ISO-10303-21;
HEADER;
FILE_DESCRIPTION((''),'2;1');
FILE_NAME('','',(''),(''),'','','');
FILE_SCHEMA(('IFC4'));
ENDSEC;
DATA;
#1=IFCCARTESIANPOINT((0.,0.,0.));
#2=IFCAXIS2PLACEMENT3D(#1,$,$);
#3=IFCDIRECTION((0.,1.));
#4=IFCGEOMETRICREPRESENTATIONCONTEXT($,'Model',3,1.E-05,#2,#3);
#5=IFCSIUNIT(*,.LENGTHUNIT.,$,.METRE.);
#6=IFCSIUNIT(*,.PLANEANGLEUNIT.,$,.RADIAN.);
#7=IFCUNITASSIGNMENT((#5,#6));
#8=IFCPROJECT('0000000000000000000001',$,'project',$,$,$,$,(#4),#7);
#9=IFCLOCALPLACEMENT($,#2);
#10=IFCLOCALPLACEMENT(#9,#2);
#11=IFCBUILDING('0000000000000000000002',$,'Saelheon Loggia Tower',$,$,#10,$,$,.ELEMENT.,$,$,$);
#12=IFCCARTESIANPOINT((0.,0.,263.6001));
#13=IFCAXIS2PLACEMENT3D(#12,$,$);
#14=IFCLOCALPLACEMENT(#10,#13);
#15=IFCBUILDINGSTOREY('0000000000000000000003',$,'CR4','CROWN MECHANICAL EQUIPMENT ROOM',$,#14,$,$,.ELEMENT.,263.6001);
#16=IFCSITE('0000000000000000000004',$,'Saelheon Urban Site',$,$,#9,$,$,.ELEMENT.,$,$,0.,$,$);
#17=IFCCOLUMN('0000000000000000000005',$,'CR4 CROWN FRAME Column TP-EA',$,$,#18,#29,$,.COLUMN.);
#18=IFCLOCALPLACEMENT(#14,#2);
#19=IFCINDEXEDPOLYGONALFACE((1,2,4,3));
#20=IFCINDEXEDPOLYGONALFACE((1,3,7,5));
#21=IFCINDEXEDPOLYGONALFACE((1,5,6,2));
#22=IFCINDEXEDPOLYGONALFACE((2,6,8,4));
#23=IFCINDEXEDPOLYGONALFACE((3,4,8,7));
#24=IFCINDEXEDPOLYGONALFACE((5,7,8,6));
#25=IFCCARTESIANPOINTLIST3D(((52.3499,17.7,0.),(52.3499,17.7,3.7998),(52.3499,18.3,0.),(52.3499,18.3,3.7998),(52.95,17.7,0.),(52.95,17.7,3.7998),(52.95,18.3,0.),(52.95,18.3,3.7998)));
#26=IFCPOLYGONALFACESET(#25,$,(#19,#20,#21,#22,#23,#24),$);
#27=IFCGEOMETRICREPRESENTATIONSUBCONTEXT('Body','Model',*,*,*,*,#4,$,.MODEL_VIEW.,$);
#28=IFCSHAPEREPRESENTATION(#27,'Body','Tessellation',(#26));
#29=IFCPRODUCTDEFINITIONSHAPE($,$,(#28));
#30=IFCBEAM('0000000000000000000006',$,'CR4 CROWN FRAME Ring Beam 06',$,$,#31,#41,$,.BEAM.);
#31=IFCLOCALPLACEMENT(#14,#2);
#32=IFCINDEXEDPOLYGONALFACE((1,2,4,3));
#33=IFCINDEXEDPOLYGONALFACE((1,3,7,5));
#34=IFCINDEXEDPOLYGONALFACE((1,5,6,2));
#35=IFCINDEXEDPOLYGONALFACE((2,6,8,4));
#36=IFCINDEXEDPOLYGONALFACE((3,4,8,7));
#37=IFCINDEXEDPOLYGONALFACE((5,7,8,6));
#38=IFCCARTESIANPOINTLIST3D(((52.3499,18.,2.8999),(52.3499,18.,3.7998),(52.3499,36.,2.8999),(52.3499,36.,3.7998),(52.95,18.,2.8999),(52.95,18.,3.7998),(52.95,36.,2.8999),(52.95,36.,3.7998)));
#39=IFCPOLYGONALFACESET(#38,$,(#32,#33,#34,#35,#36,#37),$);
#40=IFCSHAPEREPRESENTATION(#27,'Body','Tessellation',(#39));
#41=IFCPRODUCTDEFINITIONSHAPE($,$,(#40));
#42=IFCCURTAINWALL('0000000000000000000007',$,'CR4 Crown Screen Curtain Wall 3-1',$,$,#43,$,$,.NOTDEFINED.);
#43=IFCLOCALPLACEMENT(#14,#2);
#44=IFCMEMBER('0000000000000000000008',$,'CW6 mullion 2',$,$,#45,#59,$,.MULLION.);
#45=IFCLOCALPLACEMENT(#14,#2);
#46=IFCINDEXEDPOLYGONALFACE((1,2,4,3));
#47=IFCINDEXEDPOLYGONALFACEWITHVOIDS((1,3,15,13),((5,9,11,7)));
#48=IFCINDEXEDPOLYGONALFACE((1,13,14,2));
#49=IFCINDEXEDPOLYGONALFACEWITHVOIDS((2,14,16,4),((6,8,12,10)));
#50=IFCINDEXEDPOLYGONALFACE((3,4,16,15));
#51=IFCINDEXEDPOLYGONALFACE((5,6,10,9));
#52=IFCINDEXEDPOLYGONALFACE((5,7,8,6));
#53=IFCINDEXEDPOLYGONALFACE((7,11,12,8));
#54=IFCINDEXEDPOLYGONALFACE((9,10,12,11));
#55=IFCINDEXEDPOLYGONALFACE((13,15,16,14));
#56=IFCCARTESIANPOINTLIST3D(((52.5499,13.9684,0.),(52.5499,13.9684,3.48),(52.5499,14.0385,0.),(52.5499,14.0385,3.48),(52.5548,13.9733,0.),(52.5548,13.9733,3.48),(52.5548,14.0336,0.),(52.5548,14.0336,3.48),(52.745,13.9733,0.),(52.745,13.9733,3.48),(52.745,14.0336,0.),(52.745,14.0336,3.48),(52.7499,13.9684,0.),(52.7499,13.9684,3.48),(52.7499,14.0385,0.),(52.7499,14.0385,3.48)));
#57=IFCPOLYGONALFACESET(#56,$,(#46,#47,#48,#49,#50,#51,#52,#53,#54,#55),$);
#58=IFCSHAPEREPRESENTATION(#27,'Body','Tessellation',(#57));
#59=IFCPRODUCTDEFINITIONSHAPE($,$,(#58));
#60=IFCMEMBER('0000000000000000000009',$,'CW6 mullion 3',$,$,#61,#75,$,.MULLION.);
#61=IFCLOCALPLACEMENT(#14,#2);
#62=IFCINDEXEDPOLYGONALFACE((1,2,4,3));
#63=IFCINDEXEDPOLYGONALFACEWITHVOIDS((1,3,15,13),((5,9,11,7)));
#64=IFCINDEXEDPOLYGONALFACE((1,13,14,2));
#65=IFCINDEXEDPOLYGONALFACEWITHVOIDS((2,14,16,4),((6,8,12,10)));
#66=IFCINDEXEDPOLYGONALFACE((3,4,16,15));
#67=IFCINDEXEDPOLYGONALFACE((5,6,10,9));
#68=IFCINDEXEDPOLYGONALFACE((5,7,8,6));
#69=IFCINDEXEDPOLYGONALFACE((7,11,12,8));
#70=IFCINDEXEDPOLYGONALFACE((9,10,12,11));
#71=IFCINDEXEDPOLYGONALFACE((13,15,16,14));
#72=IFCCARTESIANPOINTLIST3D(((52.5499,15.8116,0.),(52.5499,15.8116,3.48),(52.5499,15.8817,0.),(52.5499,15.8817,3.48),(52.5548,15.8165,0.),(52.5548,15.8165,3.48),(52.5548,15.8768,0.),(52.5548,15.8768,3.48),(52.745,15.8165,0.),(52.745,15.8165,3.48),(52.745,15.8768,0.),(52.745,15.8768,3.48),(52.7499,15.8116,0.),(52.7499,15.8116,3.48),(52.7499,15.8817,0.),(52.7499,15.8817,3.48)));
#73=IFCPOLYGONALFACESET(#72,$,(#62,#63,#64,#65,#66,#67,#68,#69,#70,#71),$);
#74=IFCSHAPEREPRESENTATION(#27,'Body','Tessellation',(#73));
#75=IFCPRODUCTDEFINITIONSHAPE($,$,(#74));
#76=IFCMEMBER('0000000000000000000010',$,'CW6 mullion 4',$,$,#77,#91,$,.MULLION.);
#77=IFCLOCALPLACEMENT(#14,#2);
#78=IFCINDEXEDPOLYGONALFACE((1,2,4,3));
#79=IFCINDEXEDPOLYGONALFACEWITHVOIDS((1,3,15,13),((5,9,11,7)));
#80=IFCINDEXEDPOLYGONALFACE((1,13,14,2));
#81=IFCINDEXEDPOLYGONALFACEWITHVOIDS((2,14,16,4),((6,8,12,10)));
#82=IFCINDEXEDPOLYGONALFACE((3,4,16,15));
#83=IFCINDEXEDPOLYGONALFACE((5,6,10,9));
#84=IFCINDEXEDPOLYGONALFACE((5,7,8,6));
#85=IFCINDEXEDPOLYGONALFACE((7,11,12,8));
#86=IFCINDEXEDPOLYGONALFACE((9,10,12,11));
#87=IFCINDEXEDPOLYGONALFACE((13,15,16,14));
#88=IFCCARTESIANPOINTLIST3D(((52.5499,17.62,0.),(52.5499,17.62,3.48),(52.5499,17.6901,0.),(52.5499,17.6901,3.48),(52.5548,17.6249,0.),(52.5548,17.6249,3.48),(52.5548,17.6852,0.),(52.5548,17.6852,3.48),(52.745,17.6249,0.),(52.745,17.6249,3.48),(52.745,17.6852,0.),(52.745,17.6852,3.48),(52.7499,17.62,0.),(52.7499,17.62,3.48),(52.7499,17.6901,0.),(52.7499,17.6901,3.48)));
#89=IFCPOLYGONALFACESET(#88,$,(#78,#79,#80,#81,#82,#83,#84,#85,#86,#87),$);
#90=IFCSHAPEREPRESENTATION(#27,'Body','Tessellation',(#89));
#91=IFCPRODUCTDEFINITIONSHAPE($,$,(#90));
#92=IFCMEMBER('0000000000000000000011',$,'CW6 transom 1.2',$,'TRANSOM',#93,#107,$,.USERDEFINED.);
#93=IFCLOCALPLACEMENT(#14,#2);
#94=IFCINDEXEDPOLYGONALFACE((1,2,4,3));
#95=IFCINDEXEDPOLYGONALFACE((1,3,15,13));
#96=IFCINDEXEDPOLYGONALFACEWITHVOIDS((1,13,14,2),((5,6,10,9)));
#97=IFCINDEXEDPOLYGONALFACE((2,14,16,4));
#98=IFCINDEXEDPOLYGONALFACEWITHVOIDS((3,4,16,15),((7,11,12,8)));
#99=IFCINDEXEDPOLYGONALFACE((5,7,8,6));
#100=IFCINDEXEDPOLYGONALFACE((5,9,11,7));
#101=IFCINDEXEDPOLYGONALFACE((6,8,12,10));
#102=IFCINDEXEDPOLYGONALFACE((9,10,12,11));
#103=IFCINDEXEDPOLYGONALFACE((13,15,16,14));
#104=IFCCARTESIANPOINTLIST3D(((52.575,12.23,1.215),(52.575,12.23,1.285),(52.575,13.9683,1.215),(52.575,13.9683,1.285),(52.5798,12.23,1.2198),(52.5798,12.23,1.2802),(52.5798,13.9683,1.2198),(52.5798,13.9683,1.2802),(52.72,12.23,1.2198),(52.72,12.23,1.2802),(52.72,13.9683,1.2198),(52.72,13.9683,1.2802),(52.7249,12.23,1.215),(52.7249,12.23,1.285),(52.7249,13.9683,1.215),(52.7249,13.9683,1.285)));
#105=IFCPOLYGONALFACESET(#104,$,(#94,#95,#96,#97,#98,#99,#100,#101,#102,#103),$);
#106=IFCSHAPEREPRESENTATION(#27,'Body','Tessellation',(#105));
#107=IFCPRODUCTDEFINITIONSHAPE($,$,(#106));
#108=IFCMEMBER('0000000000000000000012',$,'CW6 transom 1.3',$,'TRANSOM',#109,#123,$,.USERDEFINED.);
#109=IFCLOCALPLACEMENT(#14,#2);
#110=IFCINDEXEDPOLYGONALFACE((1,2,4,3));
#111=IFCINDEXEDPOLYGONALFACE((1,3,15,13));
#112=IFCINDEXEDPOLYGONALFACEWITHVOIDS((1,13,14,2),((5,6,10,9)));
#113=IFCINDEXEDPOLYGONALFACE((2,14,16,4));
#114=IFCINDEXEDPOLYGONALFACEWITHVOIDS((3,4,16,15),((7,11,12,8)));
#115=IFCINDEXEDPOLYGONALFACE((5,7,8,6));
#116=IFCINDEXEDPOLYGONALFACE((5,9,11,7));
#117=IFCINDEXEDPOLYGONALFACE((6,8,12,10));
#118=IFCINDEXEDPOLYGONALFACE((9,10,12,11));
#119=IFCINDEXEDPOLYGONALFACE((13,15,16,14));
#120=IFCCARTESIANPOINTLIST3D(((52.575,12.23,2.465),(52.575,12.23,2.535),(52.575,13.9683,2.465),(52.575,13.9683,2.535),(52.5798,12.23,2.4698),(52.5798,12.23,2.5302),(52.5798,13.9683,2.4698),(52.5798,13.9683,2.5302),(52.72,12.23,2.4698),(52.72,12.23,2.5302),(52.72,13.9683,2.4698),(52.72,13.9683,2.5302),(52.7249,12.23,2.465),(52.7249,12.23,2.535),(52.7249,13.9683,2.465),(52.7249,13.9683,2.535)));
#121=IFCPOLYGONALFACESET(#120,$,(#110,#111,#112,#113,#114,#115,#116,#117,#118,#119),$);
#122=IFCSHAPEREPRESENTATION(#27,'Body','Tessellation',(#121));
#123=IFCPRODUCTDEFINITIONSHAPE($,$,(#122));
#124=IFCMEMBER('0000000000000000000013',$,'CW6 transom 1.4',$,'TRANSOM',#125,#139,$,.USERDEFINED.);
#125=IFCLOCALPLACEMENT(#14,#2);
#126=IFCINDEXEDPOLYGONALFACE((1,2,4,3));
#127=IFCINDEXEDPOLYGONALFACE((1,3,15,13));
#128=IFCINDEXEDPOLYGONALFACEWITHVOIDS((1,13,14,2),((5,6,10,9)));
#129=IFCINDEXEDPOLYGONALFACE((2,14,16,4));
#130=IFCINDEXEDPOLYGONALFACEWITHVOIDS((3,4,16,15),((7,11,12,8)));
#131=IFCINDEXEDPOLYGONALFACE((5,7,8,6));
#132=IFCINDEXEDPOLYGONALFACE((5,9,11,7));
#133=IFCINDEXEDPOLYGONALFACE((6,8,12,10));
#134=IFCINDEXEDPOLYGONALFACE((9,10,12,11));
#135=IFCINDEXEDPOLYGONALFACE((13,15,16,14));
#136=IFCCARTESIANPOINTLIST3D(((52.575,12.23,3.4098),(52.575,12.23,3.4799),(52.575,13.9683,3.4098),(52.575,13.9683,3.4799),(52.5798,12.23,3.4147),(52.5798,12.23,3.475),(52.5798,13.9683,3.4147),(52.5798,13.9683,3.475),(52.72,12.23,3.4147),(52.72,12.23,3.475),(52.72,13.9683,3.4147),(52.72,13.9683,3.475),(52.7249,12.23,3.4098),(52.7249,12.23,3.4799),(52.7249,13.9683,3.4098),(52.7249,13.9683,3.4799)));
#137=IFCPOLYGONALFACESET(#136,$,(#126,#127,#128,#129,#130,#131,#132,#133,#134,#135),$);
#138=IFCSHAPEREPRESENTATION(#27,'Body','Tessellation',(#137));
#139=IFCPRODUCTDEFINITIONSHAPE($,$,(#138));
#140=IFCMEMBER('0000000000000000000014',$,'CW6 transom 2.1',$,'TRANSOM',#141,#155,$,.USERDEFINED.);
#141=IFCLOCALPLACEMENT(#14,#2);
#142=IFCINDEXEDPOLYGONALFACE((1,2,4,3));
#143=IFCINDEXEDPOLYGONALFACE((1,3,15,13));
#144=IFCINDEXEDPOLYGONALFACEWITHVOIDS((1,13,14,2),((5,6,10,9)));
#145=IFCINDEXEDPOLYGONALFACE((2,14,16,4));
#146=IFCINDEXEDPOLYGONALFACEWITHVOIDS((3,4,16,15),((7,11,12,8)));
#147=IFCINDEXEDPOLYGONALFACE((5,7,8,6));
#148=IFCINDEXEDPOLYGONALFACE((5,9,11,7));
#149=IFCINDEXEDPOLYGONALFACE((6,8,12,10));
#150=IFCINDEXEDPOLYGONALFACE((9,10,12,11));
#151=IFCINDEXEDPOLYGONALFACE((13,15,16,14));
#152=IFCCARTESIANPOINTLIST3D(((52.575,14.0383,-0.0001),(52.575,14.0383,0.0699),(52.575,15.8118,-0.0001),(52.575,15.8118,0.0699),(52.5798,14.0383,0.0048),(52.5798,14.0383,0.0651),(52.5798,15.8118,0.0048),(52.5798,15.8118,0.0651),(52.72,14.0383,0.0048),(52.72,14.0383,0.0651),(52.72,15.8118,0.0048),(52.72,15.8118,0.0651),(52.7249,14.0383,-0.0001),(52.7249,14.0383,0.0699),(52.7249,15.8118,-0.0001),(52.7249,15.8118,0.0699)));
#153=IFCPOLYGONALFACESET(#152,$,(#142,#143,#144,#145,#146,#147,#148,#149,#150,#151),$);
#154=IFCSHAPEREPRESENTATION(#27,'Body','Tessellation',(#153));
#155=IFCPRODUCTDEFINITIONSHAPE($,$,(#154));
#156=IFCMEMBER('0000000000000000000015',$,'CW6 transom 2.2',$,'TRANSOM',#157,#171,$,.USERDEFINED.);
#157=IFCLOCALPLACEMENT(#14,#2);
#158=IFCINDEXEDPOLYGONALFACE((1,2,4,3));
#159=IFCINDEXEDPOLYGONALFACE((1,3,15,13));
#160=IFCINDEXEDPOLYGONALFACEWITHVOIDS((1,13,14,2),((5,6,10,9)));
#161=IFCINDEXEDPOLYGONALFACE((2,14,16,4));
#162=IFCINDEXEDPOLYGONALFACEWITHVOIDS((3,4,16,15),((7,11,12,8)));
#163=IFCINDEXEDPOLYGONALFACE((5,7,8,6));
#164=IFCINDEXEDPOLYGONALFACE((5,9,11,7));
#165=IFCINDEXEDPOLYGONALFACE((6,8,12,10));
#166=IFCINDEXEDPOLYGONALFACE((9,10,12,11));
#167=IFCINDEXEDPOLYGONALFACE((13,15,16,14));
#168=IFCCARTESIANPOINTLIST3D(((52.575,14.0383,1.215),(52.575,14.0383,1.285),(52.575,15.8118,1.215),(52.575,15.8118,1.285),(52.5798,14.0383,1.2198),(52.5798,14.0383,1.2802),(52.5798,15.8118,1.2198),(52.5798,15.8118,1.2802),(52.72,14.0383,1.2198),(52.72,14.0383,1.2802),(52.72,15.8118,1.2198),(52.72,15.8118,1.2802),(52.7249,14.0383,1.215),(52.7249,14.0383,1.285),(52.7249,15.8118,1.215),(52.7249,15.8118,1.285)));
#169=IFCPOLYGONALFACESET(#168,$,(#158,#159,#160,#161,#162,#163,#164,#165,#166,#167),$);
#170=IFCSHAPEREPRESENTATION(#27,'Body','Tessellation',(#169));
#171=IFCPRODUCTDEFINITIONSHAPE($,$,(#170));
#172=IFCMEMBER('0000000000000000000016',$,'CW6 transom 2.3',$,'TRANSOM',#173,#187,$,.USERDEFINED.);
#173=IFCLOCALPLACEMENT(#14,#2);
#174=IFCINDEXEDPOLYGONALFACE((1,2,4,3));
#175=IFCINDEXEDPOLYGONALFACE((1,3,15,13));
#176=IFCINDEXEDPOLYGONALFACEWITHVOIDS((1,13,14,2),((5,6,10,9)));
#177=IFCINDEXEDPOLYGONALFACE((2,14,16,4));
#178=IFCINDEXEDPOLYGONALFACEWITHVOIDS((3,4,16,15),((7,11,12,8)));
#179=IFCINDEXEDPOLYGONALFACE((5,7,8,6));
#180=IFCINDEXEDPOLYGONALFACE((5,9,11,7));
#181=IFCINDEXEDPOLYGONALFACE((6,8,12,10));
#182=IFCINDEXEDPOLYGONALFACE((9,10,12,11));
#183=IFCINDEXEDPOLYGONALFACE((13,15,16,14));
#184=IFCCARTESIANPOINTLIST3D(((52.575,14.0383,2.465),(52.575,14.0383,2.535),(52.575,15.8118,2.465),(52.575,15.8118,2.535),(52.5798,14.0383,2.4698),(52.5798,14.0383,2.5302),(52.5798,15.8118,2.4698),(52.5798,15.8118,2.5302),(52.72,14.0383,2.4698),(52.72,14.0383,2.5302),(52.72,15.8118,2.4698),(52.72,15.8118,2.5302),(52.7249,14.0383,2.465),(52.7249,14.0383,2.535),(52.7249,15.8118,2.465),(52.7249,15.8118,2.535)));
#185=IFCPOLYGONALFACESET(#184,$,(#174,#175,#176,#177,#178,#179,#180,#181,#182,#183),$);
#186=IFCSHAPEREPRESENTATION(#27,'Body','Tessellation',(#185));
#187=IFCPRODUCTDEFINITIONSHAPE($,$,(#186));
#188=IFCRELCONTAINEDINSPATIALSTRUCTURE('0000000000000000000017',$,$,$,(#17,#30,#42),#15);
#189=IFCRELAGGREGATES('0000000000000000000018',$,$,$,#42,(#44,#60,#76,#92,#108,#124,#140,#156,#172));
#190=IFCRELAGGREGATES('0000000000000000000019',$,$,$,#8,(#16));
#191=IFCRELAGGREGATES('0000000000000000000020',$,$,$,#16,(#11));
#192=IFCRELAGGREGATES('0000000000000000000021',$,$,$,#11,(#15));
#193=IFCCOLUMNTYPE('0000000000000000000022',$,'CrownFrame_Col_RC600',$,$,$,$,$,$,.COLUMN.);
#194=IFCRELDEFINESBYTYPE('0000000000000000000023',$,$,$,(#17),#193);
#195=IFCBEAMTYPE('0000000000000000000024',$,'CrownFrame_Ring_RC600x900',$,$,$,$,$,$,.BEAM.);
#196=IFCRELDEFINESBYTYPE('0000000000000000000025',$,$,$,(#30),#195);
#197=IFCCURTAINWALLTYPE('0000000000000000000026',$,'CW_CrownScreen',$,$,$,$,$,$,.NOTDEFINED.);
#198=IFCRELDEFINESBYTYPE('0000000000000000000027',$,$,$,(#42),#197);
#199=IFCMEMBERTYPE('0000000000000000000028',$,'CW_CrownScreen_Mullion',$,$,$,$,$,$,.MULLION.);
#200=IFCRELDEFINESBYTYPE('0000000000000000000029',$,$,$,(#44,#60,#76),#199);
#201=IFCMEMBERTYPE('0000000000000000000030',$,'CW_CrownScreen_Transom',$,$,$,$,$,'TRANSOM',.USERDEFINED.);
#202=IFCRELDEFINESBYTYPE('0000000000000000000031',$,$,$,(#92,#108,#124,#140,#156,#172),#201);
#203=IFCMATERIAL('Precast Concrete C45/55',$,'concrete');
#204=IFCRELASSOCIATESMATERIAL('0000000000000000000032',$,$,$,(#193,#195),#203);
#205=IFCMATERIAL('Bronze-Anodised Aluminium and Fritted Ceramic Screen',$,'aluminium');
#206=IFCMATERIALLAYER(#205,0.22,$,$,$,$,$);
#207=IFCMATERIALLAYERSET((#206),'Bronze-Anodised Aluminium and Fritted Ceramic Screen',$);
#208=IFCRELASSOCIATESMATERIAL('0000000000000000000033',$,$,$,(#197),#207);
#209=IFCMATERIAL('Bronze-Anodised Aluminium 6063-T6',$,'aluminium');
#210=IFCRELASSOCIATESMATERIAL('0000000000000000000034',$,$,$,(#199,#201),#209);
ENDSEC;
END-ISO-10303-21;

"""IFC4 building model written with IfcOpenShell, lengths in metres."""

from ifc_helpers import new_model, si_unit, direction, frame, origin, origin_2d, place, context, subcontext, project, spatial, rectangle, hollow_rectangle, extrude, source, transform, mapped, material, layer, layer_set, material_profile, profile_set, type_object, element, aggregate, save


model = new_model("IFC4")

# Units and contexts
model_context = context("Model", 3, precision=1e-05, world=origin(), true_north=direction((0.0, 1.0)))
body_context = subcontext(model_context, "Body", "Model", "MODEL_VIEW")
ifc_project = project(units=[si_unit("LENGTHUNIT", "METRE"), si_unit("PLANEANGLEUNIT", "RADIAN")], contexts=[model_context])

# Site, building, storey
site_placement = place(None, origin())
site = spatial("IfcSite", under=ifc_project, at=site_placement, Name="Saelheon Urban Site", CompositionType="ELEMENT", RefElevation=0.0)
building_placement = place(site_placement, origin())
building = spatial("IfcBuilding", under=site, at=building_placement, Name="Saelheon Loggia Tower", CompositionType="ELEMENT")
storey_placement = place(building_placement, frame((0.0, 0.0, 263.6001)))
storey = spatial("IfcBuildingStorey", under=building, at=storey_placement, Name="CR4", Description="CROWN MECHANICAL EQUIPMENT ROOM", CompositionType="ELEMENT", Elevation=263.6001)

# Column
ifc_material_1 = material(Name="Precast Concrete C45/55", Category="concrete")
ifc_material_profile_1 = material_profile(ifc_material_1, rectangle(XDim=0.6001, YDim=0.6001, at=origin_2d()), Name="RC-600x600")
ifc_profile_set_1 = profile_set([ifc_material_profile_1], Name="Precast Concrete C45/55")
column_type = type_object("IfcColumnType", Name="CrownFrame_Col_RC600", PredefinedType="COLUMN", material=ifc_profile_set_1)
shared_shape_1 = source(origin(), body_context, "Body", "SweptSolid", [
    extrude(rectangle(XDim=0.6001, YDim=0.6001, at=origin_2d()), origin(), (0.0, 0.0, 1.0), 3.7998),
])
column_placement = place(storey_placement, frame((52.6499, 18.0, 0.0), z_axis=(0.0, 0.0, 1.0), x_axis=(1.0, 0.0, 0.0)))
element("IfcColumn", 1, at=column_placement, inside=storey, type_object=column_type, Name="CR4 CROWN FRAME Column TP-EA", PredefinedType="COLUMN", context=body_context, shape_type="MappedRepresentation", body=[
    mapped(shared_shape_1, transform((0.0, 0.0, 0.0), scale=1.0)),
])

# Beam
ifc_material_profile_2 = material_profile(ifc_material_1, rectangle(XDim=0.6001, YDim=0.8999, at=origin_2d()), Name="RC-600x900")
ifc_profile_set_2 = profile_set([ifc_material_profile_2], Name="Precast Concrete C45/55")
beam_type = type_object("IfcBeamType", Name="CrownFrame_Ring_RC600x900", PredefinedType="BEAM", material=ifc_profile_set_2)
shared_shape_2 = source(origin(), body_context, "Body", "SweptSolid", [
    extrude(rectangle(XDim=0.6001, YDim=0.8999, at=origin_2d()), origin(), (0.0, 0.0, 1.0), 18.0),
])
beam_placement = place(storey_placement, frame((52.6499, 18.0, 3.3499), z_axis=(0.0, 1.0, 0.0), x_axis=(-1.0, 0.0, 0.0)))
element("IfcBeam", 2, at=beam_placement, inside=storey, type_object=beam_type, Name="CR4 CROWN FRAME Ring Beam 06", PredefinedType="BEAM", context=body_context, shape_type="MappedRepresentation", body=[
    mapped(shared_shape_2, transform((0.0, 0.0, 0.0), scale=1.0)),
])

# Curtain wall, members
ifc_material_2 = material(Name="Bronze-Anodised Aluminium and Fritted Ceramic Screen", Category="aluminium")
ifc_layer_1 = layer(ifc_material_2, 0.22)
ifc_layer_set_1 = layer_set([ifc_layer_1], Name="Bronze-Anodised Aluminium and Fritted Ceramic Screen")
curtain_wall_type = type_object("IfcCurtainWallType", Name="CW_CrownScreen", PredefinedType="NOTDEFINED", material=ifc_layer_set_1)
curtain_wall_placement = place(storey_placement, origin())
curtain_wall = element("IfcCurtainWall", 3, at=curtain_wall_placement, inside=storey, type_object=curtain_wall_type, Name="CR4 Crown Screen Curtain Wall 3-1", PredefinedType="NOTDEFINED")
ifc_material_3 = material(Name="Bronze-Anodised Aluminium 6063-T6", Category="aluminium")
ifc_material_profile_3 = material_profile(ifc_material_3, hollow_rectangle(XDim=0.0701, YDim=0.2, WallThickness=0.0049, at=origin_2d()), Name="RHS-200x70x5")
ifc_profile_set_3 = profile_set([ifc_material_profile_3], Name="Bronze-Anodised Aluminium 6063-T6")
member_type_1 = type_object("IfcMemberType", Name="CW_CrownScreen_Mullion", PredefinedType="MULLION", material=ifc_profile_set_3)
shared_shape_3 = source(origin(), body_context, "Body", "SweptSolid", [
    extrude(hollow_rectangle(XDim=0.0701, YDim=0.2, WallThickness=0.0049, at=origin_2d()), origin(), (0.0, 0.0, 1.0), 3.48),
])
member_1_placement = place(storey_placement, frame((52.6499, 14.0034, 0.0), z_axis=(0.0, 0.0, 1.0), x_axis=(0.0, 1.0, 0.0)))
member_1 = element("IfcMember", 4, at=member_1_placement, type_object=member_type_1, Name="CW6 mullion 2", PredefinedType="MULLION", context=body_context, shape_type="MappedRepresentation", body=[
    mapped(shared_shape_3, transform((0.0, 0.0, 0.0), scale=1.0)),
])
member_2_placement = place(storey_placement, frame((52.6499, 15.8467, 0.0), z_axis=(0.0, 0.0, 1.0), x_axis=(0.0, 1.0, 0.0)))
member_2 = element("IfcMember", 5, at=member_2_placement, type_object=member_type_1, Name="CW6 mullion 3", PredefinedType="MULLION", context=body_context, shape_type="MappedRepresentation", body=[
    mapped(shared_shape_3, transform((0.0, 0.0, 0.0), scale=1.0)),
])
member_3_placement = place(storey_placement, frame((52.6499, 17.655, 0.0), z_axis=(0.0, 0.0, 1.0), x_axis=(0.0, 1.0, 0.0)))
member_3 = element("IfcMember", 6, at=member_3_placement, type_object=member_type_1, Name="CW6 mullion 4", PredefinedType="MULLION", context=body_context, shape_type="MappedRepresentation", body=[
    mapped(shared_shape_3, transform((0.0, 0.0, 0.0), scale=1.0)),
])
ifc_material_profile_4 = material_profile(ifc_material_3, hollow_rectangle(XDim=0.0701, YDim=0.1499, WallThickness=0.0049, at=origin_2d()), Name="RHS-150x70x5")
ifc_profile_set_4 = profile_set([ifc_material_profile_4], Name="Bronze-Anodised Aluminium 6063-T6")
member_type_2 = type_object("IfcMemberType", Name="CW_CrownScreen_Transom", ElementType="TRANSOM", PredefinedType="USERDEFINED", material=ifc_profile_set_4)
shared_shape_4 = source(origin(), body_context, "Body", "SweptSolid", [
    extrude(hollow_rectangle(XDim=0.0701, YDim=0.1499, WallThickness=0.0049, at=origin_2d()), origin(), (0.0, 0.0, 1.0), 1.7383),
])
member_4_placement = place(storey_placement, frame((52.6499, 12.23, 1.25), z_axis=(0.0, 1.0, 0.0), x_axis=(0.0, 0.0, 1.0)))
member_4 = element("IfcMember", 7, at=member_4_placement, type_object=member_type_2, Name="CW6 transom 1.2", ObjectType="TRANSOM", PredefinedType="USERDEFINED", context=body_context, shape_type="MappedRepresentation", body=[
    mapped(shared_shape_4, transform((0.0, 0.0, 0.0), scale=1.0)),
])
member_5_placement = place(storey_placement, frame((52.6499, 12.23, 2.5), z_axis=(0.0, 1.0, 0.0), x_axis=(0.0, 0.0, 1.0)))
member_5 = element("IfcMember", 8, at=member_5_placement, type_object=member_type_2, Name="CW6 transom 1.3", ObjectType="TRANSOM", PredefinedType="USERDEFINED", context=body_context, shape_type="MappedRepresentation", body=[
    mapped(shared_shape_4, transform((0.0, 0.0, 0.0), scale=1.0)),
])
member_6_placement = place(storey_placement, frame((52.6499, 12.23, 3.4448), z_axis=(0.0, 1.0, 0.0), x_axis=(0.0, 0.0, 1.0)))
member_6 = element("IfcMember", 9, at=member_6_placement, type_object=member_type_2, Name="CW6 transom 1.4", ObjectType="TRANSOM", PredefinedType="USERDEFINED", context=body_context, shape_type="MappedRepresentation", body=[
    mapped(shared_shape_4, transform((0.0, 0.0, 0.0), scale=1.0)),
])
shared_shape_5 = source(origin(), body_context, "Body", "SweptSolid", [
    extrude(hollow_rectangle(XDim=0.0701, YDim=0.1499, WallThickness=0.0049, at=origin_2d()), origin(), (0.0, 0.0, 1.0), 1.7734),
])
member_7_placement = place(storey_placement, frame((52.6499, 14.0383, 0.0349), z_axis=(0.0, 1.0, 0.0), x_axis=(0.0, 0.0, 1.0)))
member_7 = element("IfcMember", 10, at=member_7_placement, type_object=member_type_2, Name="CW6 transom 2.1", ObjectType="TRANSOM", PredefinedType="USERDEFINED", context=body_context, shape_type="MappedRepresentation", body=[
    mapped(shared_shape_5, transform((0.0, 0.0, 0.0), scale=1.0)),
])
member_8_placement = place(storey_placement, frame((52.6499, 14.0383, 1.25), z_axis=(0.0, 1.0, 0.0), x_axis=(0.0, 0.0, 1.0)))
member_8 = element("IfcMember", 11, at=member_8_placement, type_object=member_type_2, Name="CW6 transom 2.2", ObjectType="TRANSOM", PredefinedType="USERDEFINED", context=body_context, shape_type="MappedRepresentation", body=[
    mapped(shared_shape_5, transform((0.0, 0.0, 0.0), scale=1.0)),
])
member_9_placement = place(storey_placement, frame((52.6499, 14.0383, 2.5), z_axis=(0.0, 1.0, 0.0), x_axis=(0.0, 0.0, 1.0)))
member_9 = element("IfcMember", 12, at=member_9_placement, type_object=member_type_2, Name="CW6 transom 2.3", ObjectType="TRANSOM", PredefinedType="USERDEFINED", context=body_context, shape_type="MappedRepresentation", body=[
    mapped(shared_shape_5, transform((0.0, 0.0, 0.0), scale=1.0)),
])
aggregate(curtain_wall, [member_1, member_2, member_3, member_4, member_5, member_6, member_7, member_8, member_9])

save(model, "model.ifc")
